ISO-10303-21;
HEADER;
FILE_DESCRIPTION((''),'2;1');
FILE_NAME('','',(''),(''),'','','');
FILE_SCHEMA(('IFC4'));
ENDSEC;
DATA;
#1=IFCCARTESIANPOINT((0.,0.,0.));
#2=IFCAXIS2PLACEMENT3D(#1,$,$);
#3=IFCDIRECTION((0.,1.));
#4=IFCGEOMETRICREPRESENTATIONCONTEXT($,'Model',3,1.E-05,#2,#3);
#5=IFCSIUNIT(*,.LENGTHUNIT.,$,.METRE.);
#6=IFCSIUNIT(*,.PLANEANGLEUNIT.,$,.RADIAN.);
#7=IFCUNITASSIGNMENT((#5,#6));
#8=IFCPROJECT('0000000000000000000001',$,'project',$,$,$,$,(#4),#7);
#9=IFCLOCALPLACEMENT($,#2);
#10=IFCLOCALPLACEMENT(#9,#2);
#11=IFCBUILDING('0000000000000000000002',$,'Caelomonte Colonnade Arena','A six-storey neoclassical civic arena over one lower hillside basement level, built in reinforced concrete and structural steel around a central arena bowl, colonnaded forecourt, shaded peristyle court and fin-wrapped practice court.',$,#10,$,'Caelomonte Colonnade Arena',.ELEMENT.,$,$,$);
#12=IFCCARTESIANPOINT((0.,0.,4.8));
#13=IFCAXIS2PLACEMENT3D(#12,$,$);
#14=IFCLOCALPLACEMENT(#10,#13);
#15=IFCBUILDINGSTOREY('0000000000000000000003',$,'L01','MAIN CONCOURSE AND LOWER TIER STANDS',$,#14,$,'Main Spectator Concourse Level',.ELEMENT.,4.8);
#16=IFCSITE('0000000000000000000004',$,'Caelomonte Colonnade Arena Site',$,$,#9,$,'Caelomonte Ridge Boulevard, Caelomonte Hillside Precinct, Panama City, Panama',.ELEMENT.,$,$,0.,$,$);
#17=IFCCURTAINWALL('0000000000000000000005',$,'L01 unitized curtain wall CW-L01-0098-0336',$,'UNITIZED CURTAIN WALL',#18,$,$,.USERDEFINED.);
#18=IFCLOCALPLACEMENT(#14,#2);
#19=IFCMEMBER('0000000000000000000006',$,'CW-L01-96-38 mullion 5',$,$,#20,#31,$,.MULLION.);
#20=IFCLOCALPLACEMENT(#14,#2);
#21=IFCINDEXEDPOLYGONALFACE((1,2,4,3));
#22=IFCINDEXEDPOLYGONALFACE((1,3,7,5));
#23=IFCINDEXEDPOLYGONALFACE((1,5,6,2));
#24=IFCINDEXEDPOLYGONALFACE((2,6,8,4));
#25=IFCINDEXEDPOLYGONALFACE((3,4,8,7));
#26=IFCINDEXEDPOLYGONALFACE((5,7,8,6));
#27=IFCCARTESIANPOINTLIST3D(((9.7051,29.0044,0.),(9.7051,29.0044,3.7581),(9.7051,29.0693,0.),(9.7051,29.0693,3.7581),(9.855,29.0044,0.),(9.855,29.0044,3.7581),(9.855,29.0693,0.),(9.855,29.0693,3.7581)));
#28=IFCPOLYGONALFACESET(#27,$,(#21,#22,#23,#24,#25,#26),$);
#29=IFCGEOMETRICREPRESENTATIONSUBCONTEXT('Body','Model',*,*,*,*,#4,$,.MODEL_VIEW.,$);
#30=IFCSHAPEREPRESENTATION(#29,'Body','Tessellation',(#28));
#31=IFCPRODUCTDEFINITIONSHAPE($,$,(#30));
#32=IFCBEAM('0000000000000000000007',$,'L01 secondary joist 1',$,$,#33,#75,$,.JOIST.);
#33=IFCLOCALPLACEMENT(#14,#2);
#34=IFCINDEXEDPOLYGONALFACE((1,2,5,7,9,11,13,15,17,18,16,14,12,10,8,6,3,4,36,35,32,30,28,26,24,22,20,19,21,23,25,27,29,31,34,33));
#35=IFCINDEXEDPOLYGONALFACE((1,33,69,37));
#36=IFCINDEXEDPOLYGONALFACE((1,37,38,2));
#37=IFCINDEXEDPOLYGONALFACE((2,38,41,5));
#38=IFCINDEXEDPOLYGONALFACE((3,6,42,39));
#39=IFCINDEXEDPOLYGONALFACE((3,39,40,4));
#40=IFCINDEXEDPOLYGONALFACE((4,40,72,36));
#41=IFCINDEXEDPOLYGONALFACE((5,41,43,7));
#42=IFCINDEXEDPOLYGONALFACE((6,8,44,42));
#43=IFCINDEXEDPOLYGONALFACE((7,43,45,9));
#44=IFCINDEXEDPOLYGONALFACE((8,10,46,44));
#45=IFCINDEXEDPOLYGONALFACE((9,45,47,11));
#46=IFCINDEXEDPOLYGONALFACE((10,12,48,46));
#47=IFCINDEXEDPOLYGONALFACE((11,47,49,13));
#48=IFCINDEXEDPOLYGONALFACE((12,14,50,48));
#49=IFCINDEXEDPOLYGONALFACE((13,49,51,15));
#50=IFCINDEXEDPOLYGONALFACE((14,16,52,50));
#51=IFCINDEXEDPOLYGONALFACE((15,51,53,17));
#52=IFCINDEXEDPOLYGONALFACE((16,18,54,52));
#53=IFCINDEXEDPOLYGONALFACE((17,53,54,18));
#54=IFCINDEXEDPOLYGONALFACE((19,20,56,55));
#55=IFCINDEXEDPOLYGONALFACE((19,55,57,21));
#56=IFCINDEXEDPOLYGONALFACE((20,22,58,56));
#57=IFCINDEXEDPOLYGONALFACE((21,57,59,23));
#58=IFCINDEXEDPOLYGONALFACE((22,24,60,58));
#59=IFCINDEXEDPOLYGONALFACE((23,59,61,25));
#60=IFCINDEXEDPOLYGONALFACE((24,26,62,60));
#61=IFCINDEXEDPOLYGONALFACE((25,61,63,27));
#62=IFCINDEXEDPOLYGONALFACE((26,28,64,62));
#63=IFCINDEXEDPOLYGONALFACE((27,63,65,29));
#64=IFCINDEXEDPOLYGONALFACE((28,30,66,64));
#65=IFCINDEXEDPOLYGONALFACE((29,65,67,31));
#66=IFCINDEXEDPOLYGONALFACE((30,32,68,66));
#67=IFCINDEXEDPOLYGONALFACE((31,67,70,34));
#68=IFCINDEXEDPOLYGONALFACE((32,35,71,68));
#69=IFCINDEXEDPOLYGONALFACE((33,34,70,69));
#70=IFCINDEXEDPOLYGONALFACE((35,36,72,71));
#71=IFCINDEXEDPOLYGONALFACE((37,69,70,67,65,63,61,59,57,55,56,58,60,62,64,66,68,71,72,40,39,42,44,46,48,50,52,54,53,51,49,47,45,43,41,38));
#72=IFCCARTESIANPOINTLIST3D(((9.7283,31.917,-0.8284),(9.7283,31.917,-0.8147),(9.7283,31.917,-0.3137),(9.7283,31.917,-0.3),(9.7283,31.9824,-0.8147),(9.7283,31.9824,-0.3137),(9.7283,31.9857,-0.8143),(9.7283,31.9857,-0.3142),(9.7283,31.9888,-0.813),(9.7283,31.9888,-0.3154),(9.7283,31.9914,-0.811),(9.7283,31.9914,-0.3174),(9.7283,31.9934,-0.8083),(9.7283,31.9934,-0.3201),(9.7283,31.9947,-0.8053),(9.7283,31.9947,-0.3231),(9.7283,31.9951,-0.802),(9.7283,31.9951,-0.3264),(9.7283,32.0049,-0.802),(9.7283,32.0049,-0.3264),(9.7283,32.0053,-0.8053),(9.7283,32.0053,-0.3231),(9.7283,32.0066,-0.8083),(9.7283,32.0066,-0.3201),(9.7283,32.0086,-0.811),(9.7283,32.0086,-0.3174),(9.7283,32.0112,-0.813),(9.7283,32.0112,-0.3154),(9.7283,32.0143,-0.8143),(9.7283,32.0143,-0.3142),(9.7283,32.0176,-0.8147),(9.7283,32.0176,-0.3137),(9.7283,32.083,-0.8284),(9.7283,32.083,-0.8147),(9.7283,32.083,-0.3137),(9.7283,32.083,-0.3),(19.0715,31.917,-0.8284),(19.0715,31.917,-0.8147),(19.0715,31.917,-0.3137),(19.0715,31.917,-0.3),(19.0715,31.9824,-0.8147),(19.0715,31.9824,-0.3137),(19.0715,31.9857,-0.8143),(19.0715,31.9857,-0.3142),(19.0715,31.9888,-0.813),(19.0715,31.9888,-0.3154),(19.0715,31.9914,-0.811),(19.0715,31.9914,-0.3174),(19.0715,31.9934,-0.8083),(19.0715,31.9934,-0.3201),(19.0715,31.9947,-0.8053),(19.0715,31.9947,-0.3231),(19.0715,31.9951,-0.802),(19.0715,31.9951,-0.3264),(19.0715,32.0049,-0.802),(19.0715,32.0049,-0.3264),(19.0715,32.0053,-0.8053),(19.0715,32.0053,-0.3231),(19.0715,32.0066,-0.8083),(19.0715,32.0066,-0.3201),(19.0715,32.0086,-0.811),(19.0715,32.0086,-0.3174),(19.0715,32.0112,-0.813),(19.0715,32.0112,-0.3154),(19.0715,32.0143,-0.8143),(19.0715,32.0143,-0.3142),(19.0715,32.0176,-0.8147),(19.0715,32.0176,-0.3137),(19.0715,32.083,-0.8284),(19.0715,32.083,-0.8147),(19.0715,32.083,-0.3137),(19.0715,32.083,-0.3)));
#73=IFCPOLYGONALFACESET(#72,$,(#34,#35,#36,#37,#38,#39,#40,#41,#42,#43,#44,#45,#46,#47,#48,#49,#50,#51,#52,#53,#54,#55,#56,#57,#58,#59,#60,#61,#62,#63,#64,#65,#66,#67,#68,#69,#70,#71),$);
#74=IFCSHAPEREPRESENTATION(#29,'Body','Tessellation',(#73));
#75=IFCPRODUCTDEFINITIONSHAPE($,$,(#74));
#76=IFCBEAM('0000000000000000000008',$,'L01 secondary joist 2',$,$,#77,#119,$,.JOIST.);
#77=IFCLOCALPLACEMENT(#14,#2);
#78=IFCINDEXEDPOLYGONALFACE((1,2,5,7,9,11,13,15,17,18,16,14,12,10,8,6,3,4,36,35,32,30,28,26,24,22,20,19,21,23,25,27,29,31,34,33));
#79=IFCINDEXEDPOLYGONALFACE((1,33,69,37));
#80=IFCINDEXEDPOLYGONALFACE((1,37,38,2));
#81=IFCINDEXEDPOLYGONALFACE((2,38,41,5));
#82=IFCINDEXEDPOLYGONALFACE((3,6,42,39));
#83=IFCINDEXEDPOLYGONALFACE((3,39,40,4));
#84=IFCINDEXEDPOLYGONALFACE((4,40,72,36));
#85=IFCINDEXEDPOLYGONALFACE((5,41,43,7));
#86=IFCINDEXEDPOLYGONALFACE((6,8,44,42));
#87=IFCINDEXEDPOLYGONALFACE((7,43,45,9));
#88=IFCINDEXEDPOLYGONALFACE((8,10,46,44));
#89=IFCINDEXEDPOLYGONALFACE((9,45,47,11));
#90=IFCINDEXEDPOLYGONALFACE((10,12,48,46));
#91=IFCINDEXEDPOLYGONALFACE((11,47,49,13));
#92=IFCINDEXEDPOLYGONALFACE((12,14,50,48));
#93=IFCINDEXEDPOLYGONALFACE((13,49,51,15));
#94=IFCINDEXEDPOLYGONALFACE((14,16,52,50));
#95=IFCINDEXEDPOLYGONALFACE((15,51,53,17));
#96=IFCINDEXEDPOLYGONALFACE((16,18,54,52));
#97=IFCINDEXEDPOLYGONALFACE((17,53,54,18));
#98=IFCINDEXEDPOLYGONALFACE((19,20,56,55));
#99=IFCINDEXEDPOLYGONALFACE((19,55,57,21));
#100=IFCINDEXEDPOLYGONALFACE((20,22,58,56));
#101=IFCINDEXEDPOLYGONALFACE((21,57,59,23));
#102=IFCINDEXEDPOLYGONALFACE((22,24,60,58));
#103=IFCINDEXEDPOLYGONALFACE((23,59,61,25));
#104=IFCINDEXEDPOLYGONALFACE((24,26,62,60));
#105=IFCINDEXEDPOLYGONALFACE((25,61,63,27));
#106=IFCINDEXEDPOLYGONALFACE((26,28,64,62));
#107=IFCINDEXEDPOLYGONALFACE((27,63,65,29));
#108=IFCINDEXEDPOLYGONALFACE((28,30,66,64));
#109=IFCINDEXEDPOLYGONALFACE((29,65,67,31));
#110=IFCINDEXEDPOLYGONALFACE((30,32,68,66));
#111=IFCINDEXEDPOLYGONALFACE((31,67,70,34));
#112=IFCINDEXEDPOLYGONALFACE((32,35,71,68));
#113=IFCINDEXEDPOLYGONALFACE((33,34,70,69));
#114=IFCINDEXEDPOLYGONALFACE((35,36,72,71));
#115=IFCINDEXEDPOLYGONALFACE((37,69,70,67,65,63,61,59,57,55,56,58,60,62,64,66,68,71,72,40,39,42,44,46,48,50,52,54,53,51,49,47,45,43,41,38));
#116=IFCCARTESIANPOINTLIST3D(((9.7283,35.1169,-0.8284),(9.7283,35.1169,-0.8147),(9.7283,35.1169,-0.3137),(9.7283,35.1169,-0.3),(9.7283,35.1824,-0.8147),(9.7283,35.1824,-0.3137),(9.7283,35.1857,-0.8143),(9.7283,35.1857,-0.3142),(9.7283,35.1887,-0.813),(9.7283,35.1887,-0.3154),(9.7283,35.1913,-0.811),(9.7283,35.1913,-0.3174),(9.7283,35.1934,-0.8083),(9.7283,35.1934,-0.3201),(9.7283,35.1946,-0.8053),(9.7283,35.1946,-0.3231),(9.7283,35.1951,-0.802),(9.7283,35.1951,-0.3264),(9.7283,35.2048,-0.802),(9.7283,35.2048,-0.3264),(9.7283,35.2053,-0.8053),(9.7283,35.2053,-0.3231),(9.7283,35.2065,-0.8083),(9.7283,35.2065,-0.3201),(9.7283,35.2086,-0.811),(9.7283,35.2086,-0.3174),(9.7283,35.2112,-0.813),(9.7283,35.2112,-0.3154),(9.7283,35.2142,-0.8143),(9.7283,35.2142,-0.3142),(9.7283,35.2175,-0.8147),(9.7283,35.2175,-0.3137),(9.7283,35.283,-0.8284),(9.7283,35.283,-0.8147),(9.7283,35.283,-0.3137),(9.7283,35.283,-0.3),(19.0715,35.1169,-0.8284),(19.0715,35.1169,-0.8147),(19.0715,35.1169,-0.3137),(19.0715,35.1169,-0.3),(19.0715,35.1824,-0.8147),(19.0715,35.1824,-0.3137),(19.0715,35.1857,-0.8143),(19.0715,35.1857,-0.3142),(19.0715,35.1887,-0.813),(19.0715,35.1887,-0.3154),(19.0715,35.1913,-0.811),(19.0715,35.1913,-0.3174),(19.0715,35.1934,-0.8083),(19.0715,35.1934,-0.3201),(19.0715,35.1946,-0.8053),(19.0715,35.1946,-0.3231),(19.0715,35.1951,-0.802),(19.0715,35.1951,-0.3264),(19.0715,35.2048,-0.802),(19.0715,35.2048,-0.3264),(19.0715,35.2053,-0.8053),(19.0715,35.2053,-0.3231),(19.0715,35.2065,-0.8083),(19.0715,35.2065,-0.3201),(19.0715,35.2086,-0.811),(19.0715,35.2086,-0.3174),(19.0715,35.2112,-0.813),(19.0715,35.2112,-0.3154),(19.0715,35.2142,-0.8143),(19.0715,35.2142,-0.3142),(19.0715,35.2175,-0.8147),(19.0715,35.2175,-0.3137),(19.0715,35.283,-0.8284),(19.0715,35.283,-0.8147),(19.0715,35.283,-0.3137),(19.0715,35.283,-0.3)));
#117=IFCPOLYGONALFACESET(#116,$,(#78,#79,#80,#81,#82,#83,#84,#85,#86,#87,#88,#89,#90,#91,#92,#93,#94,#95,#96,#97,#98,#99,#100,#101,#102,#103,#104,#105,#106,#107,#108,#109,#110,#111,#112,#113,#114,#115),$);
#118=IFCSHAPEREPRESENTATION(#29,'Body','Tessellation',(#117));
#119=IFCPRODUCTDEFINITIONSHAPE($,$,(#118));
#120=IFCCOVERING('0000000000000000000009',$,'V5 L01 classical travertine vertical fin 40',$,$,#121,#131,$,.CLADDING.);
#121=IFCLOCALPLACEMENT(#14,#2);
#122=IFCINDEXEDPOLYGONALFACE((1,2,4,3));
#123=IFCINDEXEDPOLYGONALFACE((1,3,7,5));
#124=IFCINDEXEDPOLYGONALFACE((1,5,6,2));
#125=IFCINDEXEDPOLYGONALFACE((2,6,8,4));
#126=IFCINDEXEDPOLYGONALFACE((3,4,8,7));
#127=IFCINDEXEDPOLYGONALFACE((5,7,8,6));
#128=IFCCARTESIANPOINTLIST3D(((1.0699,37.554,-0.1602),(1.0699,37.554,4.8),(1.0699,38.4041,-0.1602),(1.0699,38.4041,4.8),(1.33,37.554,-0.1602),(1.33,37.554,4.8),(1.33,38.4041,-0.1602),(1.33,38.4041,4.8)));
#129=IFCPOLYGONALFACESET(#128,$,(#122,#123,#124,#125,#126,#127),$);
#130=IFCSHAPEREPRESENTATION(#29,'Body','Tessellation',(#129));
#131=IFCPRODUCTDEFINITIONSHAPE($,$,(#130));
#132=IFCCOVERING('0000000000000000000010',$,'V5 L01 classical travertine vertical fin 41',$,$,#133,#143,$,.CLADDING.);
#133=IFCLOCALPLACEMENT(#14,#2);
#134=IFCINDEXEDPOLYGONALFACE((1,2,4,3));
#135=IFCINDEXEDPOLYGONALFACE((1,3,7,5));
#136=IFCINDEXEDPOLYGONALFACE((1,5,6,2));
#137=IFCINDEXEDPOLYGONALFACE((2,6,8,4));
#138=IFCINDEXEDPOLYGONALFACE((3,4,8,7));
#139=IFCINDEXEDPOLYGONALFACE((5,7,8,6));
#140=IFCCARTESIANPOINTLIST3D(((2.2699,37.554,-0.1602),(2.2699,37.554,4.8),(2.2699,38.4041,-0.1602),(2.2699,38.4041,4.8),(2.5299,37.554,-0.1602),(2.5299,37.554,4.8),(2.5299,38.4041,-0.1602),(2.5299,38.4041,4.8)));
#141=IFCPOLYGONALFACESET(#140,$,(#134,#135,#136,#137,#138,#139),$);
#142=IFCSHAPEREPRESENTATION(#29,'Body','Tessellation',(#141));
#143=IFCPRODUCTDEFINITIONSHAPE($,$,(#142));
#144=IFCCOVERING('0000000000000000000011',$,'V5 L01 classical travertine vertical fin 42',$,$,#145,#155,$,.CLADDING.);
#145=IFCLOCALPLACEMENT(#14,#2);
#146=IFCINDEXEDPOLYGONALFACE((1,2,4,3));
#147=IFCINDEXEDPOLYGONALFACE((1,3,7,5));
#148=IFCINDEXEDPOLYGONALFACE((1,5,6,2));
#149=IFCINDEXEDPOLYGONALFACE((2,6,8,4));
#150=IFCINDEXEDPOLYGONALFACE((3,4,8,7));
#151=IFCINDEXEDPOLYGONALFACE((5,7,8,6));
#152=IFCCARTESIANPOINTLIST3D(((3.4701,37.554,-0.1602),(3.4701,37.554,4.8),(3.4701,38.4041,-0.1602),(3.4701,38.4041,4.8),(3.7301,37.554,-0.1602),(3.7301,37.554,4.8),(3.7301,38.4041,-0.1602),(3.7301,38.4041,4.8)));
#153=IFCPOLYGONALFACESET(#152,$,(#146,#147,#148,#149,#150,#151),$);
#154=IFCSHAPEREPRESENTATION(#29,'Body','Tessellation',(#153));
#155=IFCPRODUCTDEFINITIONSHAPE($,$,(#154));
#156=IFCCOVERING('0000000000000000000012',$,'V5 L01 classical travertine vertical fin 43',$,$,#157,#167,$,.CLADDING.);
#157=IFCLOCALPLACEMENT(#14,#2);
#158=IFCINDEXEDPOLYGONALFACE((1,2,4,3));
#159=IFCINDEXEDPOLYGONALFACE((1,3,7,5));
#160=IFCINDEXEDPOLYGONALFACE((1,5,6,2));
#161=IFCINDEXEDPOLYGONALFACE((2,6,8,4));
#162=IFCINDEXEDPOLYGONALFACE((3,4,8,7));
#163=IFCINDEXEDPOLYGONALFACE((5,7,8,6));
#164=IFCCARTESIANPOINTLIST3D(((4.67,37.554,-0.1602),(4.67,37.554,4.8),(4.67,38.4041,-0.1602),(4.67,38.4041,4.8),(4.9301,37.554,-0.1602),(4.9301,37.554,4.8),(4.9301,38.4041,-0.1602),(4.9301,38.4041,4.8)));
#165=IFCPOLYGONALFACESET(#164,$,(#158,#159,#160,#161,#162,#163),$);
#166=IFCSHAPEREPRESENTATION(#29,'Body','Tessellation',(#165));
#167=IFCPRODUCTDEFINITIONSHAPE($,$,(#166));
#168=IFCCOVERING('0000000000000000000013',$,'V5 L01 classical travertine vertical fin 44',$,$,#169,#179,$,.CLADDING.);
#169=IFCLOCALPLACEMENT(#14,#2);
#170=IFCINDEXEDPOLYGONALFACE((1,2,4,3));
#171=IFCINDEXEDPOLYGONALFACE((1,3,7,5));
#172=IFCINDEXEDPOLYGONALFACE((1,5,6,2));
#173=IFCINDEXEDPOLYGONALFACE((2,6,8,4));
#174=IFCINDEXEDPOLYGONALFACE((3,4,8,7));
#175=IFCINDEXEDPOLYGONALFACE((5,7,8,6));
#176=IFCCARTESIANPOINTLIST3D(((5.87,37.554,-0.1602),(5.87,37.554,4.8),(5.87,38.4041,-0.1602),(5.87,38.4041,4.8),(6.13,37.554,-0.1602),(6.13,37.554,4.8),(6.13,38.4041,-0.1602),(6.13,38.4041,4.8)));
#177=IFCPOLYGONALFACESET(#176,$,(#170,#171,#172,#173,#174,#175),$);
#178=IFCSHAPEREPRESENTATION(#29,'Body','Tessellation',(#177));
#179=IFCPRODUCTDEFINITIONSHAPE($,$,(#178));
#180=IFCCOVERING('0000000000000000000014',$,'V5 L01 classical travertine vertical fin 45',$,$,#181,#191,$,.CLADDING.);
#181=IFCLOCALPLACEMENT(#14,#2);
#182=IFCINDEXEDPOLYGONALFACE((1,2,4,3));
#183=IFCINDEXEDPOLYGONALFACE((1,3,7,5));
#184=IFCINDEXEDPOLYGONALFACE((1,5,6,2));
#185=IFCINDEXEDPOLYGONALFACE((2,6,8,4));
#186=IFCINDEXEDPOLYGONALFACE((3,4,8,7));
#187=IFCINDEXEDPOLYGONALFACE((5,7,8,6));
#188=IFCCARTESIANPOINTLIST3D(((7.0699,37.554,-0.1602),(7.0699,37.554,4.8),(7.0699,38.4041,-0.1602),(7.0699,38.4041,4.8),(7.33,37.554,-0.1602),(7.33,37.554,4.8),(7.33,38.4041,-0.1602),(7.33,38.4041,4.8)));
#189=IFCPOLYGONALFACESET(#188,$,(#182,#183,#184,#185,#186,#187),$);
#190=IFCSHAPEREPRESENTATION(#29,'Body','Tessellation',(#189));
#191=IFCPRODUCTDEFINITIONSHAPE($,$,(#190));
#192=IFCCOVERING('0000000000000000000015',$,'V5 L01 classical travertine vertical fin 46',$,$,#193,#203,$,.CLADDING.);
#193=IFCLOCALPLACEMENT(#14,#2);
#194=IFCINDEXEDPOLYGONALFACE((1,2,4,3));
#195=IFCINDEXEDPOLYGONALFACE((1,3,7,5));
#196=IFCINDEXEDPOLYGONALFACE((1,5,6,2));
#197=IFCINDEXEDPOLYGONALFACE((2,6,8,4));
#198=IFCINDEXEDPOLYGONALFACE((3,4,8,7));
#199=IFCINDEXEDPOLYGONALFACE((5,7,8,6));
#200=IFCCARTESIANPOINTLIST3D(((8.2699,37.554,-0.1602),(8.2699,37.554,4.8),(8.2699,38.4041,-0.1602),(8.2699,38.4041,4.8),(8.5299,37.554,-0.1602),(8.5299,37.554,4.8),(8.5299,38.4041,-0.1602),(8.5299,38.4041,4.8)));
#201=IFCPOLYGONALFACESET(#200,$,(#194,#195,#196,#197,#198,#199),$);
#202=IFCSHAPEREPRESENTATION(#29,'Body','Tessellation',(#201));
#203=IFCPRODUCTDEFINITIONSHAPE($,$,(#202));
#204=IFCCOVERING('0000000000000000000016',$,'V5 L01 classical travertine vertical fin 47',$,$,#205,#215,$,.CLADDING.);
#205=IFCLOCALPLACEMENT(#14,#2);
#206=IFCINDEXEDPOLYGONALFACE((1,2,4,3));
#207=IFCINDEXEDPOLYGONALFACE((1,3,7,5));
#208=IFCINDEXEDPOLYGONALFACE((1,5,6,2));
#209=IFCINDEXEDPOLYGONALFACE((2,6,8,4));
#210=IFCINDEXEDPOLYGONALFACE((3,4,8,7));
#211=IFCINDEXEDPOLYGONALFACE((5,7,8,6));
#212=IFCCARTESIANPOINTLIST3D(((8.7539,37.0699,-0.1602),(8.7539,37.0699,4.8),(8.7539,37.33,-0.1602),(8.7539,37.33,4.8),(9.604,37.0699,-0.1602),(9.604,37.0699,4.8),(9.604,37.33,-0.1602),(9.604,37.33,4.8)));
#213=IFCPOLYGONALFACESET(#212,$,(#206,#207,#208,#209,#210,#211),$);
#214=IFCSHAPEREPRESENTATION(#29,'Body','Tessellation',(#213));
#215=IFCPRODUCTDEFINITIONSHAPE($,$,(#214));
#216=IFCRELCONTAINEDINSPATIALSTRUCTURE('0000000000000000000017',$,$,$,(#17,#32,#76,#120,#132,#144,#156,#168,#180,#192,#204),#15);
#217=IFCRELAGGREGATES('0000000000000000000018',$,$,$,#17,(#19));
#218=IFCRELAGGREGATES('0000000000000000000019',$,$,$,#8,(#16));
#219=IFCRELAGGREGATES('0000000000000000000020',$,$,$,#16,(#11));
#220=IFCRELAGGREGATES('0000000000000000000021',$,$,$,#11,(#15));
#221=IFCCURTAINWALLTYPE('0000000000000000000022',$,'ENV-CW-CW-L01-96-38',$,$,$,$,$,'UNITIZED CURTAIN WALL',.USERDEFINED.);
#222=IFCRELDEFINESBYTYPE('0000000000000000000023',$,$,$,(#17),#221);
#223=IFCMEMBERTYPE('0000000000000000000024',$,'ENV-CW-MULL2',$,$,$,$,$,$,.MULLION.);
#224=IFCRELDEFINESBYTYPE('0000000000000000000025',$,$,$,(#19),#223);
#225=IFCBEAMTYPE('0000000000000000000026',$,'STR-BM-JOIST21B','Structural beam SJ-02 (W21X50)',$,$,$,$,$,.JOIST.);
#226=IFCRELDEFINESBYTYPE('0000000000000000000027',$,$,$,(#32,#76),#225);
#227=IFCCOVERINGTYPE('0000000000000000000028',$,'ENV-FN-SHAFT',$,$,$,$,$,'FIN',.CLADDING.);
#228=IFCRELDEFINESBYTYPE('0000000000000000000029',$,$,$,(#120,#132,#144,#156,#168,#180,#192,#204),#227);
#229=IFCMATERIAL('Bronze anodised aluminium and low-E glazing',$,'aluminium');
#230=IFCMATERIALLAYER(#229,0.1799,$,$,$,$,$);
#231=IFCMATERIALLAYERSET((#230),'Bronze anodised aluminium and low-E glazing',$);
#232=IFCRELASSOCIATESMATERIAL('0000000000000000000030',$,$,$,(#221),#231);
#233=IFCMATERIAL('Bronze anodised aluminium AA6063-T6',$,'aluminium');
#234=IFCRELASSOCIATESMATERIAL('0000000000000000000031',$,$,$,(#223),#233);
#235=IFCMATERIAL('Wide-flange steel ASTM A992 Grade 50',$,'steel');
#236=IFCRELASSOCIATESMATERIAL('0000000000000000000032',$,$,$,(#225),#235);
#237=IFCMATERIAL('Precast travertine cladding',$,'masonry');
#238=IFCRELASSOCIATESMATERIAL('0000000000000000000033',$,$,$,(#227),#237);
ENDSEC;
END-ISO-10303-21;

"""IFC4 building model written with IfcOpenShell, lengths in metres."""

from ifc_helpers import new_model, si_unit, direction, frame, origin, origin_2d, place, context, subcontext, project, spatial, rectangle, i_section, extrude, material, layer, layer_set, material_profile, profile_set, type_object, element, aggregate, save


model = new_model("IFC4")

# Units and contexts
model_context = context("Model", 3, precision=1e-05, world=origin(), true_north=direction((0.0, 1.0)))
body_context = subcontext(model_context, "Body", "Model", "MODEL_VIEW")
ifc_project = project(units=[si_unit("LENGTHUNIT", "METRE"), si_unit("PLANEANGLEUNIT", "RADIAN")], contexts=[model_context])

# Site, building, storey
site_placement = place(None, origin())
site = spatial("IfcSite", under=ifc_project, at=site_placement, Name="Caelomonte Colonnade Arena Site", LongName="Caelomonte Ridge Boulevard, Caelomonte Hillside Precinct, Panama City, Panama", CompositionType="ELEMENT", RefElevation=0.0)
building_placement = place(site_placement, origin())
building = spatial("IfcBuilding", under=site, at=building_placement, Name="Caelomonte Colonnade Arena", Description="A six-storey neoclassical civic arena over one lower hillside basement level, built in reinforced concrete and structural steel around a central arena bowl, colonnaded forecourt, shaded peristyle court and fin-wrapped practice court.", LongName="Caelomonte Colonnade Arena", CompositionType="ELEMENT")
storey_placement = place(building_placement, frame((0.0, 0.0, 4.8)))
storey = spatial("IfcBuildingStorey", under=building, at=storey_placement, Name="L01", Description="MAIN CONCOURSE AND LOWER TIER STANDS", LongName="Main Spectator Concourse Level", CompositionType="ELEMENT", Elevation=4.8)

# Curtain wall, member
ifc_material_1 = material(Name="Bronze anodised aluminium and low-E glazing", Category="aluminium")
ifc_layer = layer(ifc_material_1, 0.1799)
ifc_layer_set = layer_set([ifc_layer], Name="Bronze anodised aluminium and low-E glazing")
curtain_wall_type = type_object("IfcCurtainWallType", Name="ENV-CW-CW-L01-96-38", ElementType="UNITIZED CURTAIN WALL", PredefinedType="USERDEFINED", material=ifc_layer_set)
curtain_wall_placement = place(storey_placement, origin())
curtain_wall = element("IfcCurtainWall", 1, at=curtain_wall_placement, inside=storey, type_object=curtain_wall_type, Name="L01 unitized curtain wall CW-L01-0098-0336", ObjectType="UNITIZED CURTAIN WALL", PredefinedType="USERDEFINED")
ifc_material_2 = material(Name="Bronze anodised aluminium AA6063-T6", Category="aluminium")
ifc_material_profile_1 = material_profile(ifc_material_2, rectangle(XDim=0.0649, YDim=0.1499, at=origin_2d()), Name="CWM-65X150")
ifc_profile_set_1 = profile_set([ifc_material_profile_1], Name="Bronze anodised aluminium AA6063-T6")
member_type = type_object("IfcMemberType", Name="ENV-CW-MULL2", PredefinedType="MULLION", material=ifc_profile_set_1)
member_placement = place(storey_placement, frame((9.78, 29.0369, 0.0), z_axis=(0.0, 0.0, 1.0), x_axis=(0.0, -1.0, 0.0)))
member = element("IfcMember", 2, at=member_placement, type_object=member_type, Name="CW-L01-96-38 mullion 5", PredefinedType="MULLION", context=body_context, shape_type="SweptSolid", body=[
    extrude(rectangle(XDim=0.0649, YDim=0.1499, at=origin_2d()), origin(), (0.0, 0.0, 1.0), 3.7581),
])
aggregate(curtain_wall, [member])

# Beams
ifc_material_3 = material(Name="Wide-flange steel ASTM A992 Grade 50", Category="steel")
ifc_material_profile_2 = material_profile(ifc_material_3, i_section(OverallWidth=0.166, OverallDepth=0.5283, WebThickness=0.0098, FlangeThickness=0.0137, FilletRadius=0.0127, at=origin_2d()), Name="W21X50")
ifc_profile_set_2 = profile_set([ifc_material_profile_2], Name="Wide-flange steel ASTM A992 Grade 50")
beam_type = type_object("IfcBeamType", Name="STR-BM-JOIST21B", Description="Structural beam SJ-02 (W21X50)", PredefinedType="JOIST", material=ifc_profile_set_2)
for number, where, z_axis, x_axis, name in (
    (3, (9.7283, 32.0, -0.5642), (1.0, 0.0, 0.0), (0.0, 1.0, 0.0), "L01 secondary joist 1"),
    (4, (9.7283, 35.2, -0.5642), (1.0, 0.0, 0.0), (0.0, 1.0, 0.0), "L01 secondary joist 2"),
):
    element("IfcBeam", number, at=place(storey_placement, frame(where, z_axis=z_axis, x_axis=x_axis)), inside=storey, type_object=beam_type, Name=name, PredefinedType="JOIST", context=body_context, shape_type="SweptSolid", body=[
        extrude(i_section(OverallWidth=0.166, OverallDepth=0.5283, WebThickness=0.0098, FlangeThickness=0.0137, FilletRadius=0.0127, at=origin_2d()), origin(), (0.0, 0.0, 1.0), 9.3433),
    ])

# Coverings
ifc_material_4 = material(Name="Precast travertine cladding", Category="masonry")
ifc_material_profile_3 = material_profile(ifc_material_4, rectangle(XDim=0.26, YDim=0.8501, at=origin_2d()), Name="FIN260X850")
ifc_profile_set_3 = profile_set([ifc_material_profile_3], Name="Precast travertine cladding")
covering_type = type_object("IfcCoveringType", Name="ENV-FN-SHAFT", ElementType="FIN", PredefinedType="CLADDING", material=ifc_profile_set_3)
for number, where, z_axis, x_axis, name in (
    (5, (1.2, 37.979, -0.1602), (0.0, 0.0, 1.0), (-1.0, 0.0, 0.0), "V5 L01 classical travertine vertical fin 40"),
    (6, (2.3999, 37.979, -0.1602), (0.0, 0.0, 1.0), (-1.0, 0.0, 0.0), "V5 L01 classical travertine vertical fin 41"),
    (7, (3.6001, 37.979, -0.1602), (0.0, 0.0, 1.0), (-1.0, 0.0, 0.0), "V5 L01 classical travertine vertical fin 42"),
    (8, (4.8, 37.979, -0.1602), (0.0, 0.0, 1.0), (-1.0, 0.0, 0.0), "V5 L01 classical travertine vertical fin 43"),
    (9, (6.0, 37.979, -0.1602), (0.0, 0.0, 1.0), (-1.0, 0.0, 0.0), "V5 L01 classical travertine vertical fin 44"),
    (10, (7.2, 37.979, -0.1602), (0.0, 0.0, 1.0), (-1.0, 0.0, 0.0), "V5 L01 classical travertine vertical fin 45"),
    (11, (8.3999, 37.979, -0.1602), (0.0, 0.0, 1.0), (-1.0, 0.0, 0.0), "V5 L01 classical travertine vertical fin 46"),
    (12, (9.179, 37.2, -0.1602), (0.0, 0.0, 1.0), (0.0, 1.0, 0.0), "V5 L01 classical travertine vertical fin 47"),
):
    element("IfcCovering", number, at=place(storey_placement, frame(where, z_axis=z_axis, x_axis=x_axis)), inside=storey, type_object=covering_type, Name=name, PredefinedType="CLADDING", context=body_context, shape_type="SweptSolid", body=[
        extrude(rectangle(XDim=0.26, YDim=0.8501, at=origin_2d()), origin(), (0.0, 0.0, 1.0), 4.9602),
    ])

save(model, "model.ifc")
